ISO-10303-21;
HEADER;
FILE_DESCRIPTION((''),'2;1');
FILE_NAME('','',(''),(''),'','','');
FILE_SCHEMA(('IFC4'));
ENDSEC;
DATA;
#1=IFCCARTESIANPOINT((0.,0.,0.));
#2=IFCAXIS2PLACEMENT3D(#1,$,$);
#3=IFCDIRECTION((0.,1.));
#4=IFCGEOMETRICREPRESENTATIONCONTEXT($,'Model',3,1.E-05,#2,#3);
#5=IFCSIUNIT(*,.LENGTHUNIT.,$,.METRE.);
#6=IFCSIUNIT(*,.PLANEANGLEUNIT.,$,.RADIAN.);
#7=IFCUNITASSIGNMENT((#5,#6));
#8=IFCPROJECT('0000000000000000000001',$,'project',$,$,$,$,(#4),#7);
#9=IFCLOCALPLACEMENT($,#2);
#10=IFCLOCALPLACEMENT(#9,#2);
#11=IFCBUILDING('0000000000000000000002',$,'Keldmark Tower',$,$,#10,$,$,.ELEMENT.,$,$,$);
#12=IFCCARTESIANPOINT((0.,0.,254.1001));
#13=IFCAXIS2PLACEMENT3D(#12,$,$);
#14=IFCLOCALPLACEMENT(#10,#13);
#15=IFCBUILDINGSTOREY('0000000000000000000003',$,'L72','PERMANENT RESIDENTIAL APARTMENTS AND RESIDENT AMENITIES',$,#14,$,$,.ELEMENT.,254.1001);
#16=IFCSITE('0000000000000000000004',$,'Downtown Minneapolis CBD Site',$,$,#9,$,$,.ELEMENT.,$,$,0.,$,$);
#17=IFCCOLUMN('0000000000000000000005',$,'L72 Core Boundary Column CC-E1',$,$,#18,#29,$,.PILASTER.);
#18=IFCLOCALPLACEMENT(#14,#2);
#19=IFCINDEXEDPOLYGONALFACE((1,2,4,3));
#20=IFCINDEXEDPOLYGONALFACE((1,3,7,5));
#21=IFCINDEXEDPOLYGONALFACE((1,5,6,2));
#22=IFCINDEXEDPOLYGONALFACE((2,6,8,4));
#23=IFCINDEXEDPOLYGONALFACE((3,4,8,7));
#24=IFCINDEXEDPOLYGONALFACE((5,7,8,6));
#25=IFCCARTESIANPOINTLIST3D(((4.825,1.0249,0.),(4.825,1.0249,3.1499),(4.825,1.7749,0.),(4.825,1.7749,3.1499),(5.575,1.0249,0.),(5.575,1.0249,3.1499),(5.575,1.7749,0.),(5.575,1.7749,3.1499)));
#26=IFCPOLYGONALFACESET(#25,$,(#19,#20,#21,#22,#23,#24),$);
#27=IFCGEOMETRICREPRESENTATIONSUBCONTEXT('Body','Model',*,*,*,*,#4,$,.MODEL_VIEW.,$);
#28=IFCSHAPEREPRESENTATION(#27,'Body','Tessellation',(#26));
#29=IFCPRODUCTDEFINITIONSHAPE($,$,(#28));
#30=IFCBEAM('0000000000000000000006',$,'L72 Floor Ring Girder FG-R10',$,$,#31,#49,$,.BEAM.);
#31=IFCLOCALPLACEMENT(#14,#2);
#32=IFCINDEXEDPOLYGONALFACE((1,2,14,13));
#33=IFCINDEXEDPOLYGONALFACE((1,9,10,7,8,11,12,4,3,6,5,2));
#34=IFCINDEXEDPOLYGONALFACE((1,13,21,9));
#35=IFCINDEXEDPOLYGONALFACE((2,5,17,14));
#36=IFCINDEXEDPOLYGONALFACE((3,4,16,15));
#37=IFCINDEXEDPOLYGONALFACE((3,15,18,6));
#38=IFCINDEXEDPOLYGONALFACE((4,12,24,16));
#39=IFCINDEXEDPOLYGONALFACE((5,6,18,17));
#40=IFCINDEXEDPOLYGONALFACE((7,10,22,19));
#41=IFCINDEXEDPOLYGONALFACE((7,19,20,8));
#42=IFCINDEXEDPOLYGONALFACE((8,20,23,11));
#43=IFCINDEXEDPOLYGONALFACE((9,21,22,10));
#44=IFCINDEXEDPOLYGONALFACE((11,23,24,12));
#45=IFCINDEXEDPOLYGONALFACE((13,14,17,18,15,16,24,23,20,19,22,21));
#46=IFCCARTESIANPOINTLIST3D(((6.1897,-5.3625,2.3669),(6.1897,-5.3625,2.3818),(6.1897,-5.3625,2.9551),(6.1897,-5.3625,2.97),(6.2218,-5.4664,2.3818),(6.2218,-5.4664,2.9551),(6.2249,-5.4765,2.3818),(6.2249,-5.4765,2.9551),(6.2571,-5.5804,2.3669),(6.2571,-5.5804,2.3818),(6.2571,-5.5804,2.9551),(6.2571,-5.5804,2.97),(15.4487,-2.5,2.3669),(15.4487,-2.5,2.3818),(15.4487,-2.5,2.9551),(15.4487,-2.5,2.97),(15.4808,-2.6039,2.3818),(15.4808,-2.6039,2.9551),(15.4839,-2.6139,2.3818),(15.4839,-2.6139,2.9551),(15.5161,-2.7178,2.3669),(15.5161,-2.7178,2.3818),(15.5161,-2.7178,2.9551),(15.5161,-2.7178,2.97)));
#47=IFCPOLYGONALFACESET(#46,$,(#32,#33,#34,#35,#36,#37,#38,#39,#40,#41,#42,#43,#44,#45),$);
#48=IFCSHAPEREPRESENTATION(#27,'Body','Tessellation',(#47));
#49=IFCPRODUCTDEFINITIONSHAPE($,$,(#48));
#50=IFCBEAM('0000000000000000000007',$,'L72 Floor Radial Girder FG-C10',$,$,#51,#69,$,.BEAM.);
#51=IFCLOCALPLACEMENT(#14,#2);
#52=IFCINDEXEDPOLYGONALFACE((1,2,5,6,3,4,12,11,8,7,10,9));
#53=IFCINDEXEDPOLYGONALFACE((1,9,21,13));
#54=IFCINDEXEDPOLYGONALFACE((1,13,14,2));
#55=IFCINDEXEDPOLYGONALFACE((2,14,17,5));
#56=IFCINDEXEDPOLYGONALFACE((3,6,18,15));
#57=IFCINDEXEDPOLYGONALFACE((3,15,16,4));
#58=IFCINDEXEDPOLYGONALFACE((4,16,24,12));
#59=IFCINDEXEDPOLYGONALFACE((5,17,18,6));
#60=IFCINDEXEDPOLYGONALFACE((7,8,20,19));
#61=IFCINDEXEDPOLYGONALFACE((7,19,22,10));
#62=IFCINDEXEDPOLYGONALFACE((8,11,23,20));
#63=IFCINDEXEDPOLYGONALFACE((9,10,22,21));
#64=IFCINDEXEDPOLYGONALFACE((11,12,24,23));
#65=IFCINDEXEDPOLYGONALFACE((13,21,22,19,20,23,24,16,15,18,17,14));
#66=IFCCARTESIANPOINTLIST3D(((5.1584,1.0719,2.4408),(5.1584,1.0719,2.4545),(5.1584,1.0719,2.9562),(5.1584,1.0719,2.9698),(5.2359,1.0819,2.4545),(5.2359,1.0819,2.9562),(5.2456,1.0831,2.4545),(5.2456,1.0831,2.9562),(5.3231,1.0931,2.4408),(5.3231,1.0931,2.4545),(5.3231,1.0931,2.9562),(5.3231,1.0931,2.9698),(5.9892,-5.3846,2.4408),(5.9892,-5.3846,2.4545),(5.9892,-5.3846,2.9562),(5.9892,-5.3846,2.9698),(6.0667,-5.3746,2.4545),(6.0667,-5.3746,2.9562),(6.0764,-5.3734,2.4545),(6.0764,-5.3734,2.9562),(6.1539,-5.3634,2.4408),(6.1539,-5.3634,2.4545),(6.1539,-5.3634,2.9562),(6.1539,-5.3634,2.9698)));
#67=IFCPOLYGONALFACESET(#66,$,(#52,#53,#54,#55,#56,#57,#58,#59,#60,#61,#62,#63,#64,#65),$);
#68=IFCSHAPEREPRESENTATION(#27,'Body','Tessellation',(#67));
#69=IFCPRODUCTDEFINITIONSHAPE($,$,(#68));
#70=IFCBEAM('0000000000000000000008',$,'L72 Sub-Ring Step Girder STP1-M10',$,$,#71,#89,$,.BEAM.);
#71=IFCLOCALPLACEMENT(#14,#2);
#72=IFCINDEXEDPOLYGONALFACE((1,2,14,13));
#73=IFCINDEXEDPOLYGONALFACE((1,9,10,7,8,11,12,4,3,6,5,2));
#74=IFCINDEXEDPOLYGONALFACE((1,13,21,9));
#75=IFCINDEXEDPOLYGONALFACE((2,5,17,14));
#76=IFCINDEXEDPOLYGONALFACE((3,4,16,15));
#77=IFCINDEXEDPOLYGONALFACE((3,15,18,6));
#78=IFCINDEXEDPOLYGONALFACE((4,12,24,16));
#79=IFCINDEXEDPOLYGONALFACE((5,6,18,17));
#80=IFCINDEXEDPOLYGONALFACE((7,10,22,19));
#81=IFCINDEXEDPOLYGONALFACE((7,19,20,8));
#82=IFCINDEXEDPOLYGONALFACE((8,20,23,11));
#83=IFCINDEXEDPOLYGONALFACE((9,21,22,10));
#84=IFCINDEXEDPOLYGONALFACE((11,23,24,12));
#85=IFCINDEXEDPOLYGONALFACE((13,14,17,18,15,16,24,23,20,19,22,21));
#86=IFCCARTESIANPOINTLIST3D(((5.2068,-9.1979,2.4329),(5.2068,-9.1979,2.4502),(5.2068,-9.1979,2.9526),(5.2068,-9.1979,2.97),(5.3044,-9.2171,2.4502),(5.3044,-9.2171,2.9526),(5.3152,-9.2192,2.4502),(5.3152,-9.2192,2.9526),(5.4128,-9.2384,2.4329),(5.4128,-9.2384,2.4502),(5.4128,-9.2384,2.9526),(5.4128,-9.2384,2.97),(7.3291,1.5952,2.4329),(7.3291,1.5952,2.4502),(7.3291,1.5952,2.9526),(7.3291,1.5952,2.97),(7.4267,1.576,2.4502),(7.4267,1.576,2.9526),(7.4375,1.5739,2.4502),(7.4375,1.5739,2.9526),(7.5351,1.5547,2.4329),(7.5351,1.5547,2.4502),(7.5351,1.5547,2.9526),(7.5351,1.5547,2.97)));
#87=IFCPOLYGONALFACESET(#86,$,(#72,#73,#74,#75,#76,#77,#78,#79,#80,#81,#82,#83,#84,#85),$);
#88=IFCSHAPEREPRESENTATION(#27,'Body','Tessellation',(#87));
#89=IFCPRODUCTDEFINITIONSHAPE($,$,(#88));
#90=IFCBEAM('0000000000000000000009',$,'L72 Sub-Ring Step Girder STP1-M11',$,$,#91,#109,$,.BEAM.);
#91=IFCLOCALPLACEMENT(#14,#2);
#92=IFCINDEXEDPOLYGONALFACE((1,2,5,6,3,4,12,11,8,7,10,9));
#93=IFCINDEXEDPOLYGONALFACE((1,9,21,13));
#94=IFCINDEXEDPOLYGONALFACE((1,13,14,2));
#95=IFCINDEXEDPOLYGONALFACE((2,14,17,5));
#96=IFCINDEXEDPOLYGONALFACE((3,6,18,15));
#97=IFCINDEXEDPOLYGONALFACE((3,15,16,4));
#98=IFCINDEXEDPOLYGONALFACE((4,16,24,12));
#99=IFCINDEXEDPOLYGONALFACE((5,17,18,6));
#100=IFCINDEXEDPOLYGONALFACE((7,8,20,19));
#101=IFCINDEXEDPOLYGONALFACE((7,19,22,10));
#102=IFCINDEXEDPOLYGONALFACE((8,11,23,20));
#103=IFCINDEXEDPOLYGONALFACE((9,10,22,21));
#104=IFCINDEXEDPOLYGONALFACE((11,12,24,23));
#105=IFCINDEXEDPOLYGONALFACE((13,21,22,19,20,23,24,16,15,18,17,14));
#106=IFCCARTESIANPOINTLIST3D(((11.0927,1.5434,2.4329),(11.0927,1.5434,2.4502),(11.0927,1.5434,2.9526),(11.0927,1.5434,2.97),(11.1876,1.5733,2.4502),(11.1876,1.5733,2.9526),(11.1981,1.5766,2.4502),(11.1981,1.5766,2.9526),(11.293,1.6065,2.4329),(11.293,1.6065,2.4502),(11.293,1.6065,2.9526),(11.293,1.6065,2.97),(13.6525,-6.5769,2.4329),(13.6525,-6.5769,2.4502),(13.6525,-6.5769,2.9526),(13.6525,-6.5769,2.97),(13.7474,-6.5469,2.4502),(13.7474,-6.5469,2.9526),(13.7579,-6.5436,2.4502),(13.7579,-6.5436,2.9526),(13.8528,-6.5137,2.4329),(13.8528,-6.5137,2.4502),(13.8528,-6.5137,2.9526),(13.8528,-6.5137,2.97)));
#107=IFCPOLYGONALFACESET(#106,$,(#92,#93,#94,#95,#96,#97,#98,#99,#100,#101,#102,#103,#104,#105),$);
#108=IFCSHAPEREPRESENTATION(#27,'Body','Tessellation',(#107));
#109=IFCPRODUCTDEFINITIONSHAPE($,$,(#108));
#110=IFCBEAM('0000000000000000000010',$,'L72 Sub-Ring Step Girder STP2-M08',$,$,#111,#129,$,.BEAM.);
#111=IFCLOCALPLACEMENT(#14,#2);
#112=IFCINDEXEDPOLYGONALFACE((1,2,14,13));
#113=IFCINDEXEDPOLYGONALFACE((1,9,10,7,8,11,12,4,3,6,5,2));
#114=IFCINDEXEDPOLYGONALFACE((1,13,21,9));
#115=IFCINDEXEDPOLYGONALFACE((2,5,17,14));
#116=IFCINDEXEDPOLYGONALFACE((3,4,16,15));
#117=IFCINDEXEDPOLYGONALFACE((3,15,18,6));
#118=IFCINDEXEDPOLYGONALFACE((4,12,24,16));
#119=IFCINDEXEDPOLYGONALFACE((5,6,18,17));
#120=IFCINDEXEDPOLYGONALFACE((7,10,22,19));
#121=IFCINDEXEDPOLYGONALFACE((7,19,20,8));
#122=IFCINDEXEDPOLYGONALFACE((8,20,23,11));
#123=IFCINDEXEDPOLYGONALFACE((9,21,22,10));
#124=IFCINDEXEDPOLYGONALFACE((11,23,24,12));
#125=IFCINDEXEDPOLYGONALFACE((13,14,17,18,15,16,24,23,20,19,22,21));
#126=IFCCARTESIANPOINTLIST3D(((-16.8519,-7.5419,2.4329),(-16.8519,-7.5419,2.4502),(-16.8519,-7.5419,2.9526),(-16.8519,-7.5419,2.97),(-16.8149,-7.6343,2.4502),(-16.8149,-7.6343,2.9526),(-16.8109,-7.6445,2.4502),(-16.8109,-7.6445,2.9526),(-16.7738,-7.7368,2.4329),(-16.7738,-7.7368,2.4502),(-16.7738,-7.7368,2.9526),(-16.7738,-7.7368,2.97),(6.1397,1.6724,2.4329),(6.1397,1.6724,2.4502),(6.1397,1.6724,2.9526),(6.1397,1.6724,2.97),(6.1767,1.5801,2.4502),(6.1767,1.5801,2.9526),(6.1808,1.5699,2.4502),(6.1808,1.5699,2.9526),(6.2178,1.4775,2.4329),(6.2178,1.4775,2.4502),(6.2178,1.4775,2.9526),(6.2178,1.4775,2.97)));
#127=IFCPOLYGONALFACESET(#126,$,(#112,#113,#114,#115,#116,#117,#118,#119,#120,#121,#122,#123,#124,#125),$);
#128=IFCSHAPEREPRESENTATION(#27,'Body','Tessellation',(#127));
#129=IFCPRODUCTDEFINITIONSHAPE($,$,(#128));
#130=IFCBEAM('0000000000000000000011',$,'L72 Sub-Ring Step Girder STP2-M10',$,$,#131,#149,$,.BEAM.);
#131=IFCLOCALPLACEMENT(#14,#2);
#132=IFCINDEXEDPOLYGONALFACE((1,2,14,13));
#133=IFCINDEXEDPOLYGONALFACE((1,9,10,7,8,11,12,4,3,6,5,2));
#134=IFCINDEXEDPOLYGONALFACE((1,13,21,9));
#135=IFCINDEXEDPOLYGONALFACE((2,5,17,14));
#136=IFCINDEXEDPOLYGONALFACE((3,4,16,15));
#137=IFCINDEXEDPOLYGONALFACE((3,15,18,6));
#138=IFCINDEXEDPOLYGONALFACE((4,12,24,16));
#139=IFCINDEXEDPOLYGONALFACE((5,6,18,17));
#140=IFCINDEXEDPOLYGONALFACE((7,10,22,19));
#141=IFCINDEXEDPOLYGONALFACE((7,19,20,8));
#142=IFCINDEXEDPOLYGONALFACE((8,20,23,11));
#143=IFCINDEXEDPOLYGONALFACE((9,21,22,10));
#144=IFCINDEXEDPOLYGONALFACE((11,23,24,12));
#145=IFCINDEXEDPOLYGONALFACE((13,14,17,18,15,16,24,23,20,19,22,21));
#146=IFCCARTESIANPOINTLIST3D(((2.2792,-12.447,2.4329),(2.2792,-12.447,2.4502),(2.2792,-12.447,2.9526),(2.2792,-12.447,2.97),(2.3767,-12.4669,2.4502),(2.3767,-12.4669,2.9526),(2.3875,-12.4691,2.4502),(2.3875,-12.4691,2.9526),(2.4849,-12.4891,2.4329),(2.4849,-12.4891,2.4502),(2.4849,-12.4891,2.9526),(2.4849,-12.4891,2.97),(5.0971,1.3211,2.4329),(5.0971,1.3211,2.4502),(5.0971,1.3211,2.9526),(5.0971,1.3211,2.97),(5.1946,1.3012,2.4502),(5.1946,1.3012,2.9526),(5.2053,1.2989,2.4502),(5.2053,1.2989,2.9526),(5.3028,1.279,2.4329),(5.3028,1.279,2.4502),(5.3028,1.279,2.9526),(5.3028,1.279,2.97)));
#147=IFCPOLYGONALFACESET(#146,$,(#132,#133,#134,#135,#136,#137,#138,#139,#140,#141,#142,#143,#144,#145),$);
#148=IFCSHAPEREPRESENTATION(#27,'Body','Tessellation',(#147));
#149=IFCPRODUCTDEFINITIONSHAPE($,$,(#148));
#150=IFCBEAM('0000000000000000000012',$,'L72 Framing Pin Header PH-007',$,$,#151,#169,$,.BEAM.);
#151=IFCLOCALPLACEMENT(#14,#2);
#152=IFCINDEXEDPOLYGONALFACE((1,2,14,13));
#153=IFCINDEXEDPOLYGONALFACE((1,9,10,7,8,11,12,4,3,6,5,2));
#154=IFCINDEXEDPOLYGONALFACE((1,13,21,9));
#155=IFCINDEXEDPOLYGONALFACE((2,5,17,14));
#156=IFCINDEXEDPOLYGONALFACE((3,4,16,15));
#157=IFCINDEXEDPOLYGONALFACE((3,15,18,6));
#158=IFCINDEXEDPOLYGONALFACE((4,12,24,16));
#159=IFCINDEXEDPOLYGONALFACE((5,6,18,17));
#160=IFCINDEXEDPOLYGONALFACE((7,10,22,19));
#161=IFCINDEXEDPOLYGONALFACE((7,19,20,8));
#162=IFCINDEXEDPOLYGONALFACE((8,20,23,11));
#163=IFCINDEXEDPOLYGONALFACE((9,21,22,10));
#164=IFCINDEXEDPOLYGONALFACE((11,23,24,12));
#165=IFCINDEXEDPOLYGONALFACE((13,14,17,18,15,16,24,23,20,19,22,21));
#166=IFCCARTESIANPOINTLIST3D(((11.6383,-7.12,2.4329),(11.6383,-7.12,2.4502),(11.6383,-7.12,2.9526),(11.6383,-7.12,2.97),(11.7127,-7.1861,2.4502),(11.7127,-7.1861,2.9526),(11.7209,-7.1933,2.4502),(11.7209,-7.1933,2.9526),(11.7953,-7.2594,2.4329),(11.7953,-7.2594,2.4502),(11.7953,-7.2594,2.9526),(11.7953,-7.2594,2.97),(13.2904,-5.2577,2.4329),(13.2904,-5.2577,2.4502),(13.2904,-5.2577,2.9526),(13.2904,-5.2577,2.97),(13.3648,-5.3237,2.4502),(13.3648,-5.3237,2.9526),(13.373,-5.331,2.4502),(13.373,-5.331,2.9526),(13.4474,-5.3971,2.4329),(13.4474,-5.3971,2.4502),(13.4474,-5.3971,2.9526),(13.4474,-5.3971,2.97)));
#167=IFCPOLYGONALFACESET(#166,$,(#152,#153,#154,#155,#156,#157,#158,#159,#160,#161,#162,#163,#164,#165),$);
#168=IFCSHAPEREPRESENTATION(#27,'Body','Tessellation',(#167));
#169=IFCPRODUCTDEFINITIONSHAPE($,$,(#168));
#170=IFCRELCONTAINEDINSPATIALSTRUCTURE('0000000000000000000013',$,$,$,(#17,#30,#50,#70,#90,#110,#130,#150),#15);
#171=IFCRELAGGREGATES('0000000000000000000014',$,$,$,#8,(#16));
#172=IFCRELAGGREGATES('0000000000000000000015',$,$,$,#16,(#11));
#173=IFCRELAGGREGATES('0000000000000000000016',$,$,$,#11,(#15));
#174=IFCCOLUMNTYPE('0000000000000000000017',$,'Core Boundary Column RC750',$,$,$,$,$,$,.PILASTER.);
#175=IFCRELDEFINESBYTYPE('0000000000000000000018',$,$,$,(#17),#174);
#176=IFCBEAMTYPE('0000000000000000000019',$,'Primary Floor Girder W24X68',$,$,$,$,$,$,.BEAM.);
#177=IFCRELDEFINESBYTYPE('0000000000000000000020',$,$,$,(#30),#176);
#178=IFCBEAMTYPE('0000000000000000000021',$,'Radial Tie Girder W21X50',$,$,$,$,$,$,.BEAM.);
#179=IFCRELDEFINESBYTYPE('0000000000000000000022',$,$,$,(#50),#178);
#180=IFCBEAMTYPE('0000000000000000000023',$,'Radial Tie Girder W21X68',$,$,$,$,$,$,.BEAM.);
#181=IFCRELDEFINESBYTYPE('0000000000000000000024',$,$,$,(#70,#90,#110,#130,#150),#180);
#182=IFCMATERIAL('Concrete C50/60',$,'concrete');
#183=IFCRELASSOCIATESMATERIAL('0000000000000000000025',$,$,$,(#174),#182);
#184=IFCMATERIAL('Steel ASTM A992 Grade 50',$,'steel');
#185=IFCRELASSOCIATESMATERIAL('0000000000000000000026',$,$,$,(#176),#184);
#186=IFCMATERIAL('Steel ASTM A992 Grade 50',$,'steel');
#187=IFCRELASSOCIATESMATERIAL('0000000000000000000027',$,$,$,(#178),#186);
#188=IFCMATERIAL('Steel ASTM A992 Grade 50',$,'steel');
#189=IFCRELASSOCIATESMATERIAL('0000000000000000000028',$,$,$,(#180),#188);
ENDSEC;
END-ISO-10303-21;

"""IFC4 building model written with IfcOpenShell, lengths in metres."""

from ifc_helpers import new_model, si_unit, direction, frame, origin, origin_2d, place, context, subcontext, project, spatial, rectangle, i_section, extrude, material, material_profile, profile_set, type_object, element, save


model = new_model("IFC4")

# Units and contexts
model_context = context("Model", 3, precision=1e-05, world=origin(), true_north=direction((0.0, 1.0)))
body_context = subcontext(model_context, "Body", "Model", "MODEL_VIEW")
ifc_project = project(units=[si_unit("LENGTHUNIT", "METRE"), si_unit("PLANEANGLEUNIT", "RADIAN")], contexts=[model_context])

# Site, building, storey
site_placement = place(None, origin())
site = spatial("IfcSite", under=ifc_project, at=site_placement, Name="Downtown Minneapolis CBD Site", CompositionType="ELEMENT", RefElevation=0.0)
building_placement = place(site_placement, origin())
building = spatial("IfcBuilding", under=site, at=building_placement, Name="Keldmark Tower", CompositionType="ELEMENT")
storey_placement = place(building_placement, frame((0.0, 0.0, 254.1001)))
storey = spatial("IfcBuildingStorey", under=building, at=storey_placement, Name="L72", Description="PERMANENT RESIDENTIAL APARTMENTS AND RESIDENT AMENITIES", CompositionType="ELEMENT", Elevation=254.1001)

# Column
ifc_material_1 = material(Name="Concrete C50/60", Category="concrete")
ifc_material_profile_1 = material_profile(ifc_material_1, rectangle(XDim=0.75, YDim=0.75, at=origin_2d()), Name="RC750X750")
ifc_profile_set_1 = profile_set([ifc_material_profile_1], Name="Concrete C50/60")
column_type = type_object("IfcColumnType", Name="Core Boundary Column RC750", PredefinedType="PILASTER", material=ifc_profile_set_1)
column_placement = place(storey_placement, frame((5.2, 1.3999, 0.0), z_axis=(0.0, 0.0, 1.0), x_axis=(1.0, 0.0, 0.0)))
element("IfcColumn", 1, at=column_placement, inside=storey, type_object=column_type, Name="L72 Core Boundary Column CC-E1", PredefinedType="PILASTER", context=body_context, shape_type="SweptSolid", body=[
    extrude(rectangle(XDim=0.75, YDim=0.75, at=origin_2d()), origin(), (0.0, 0.0, 1.0), 3.1499),
])

# Beams
ifc_material_2 = material(Name="Steel ASTM A992 Grade 50", Category="steel")
ifc_material_profile_2 = material_profile(ifc_material_2, i_section(OverallWidth=0.228, OverallDepth=0.603, WebThickness=0.0105, FlangeThickness=0.0149, at=origin_2d()), Name="W24X68")
ifc_profile_set_2 = profile_set([ifc_material_profile_2], Name="Steel ASTM A992 Grade 50")
beam_type_1 = type_object("IfcBeamType", Name="Primary Floor Girder W24X68", PredefinedType="BEAM", material=ifc_profile_set_2)
beam_1_placement = place(storey_placement, frame((6.2234, -5.4714, 2.6685), z_axis=(0.955383, 0.295369, 0.0), x_axis=(-0.295369, 0.955383, 0.0)))
element("IfcBeam", 2, at=beam_1_placement, inside=storey, type_object=beam_type_1, Name="L72 Floor Ring Girder FG-R10", PredefinedType="BEAM", context=body_context, shape_type="SweptSolid", body=[
    extrude(i_section(OverallWidth=0.228, OverallDepth=0.603, WebThickness=0.0105, FlangeThickness=0.0149, at=origin_2d()), origin(), (0.0, 0.0, 1.0), 9.6914),
])
ifc_material_3 = material(Name="Steel ASTM A992 Grade 50", Category="steel")
ifc_material_profile_3 = material_profile(ifc_material_3, i_section(OverallWidth=0.166, OverallDepth=0.5291, WebThickness=0.0098, FlangeThickness=0.0137, at=origin_2d()), Name="W21X50")
ifc_profile_set_3 = profile_set([ifc_material_profile_3], Name="Steel ASTM A992 Grade 50")
beam_type_2 = type_object("IfcBeamType", Name="Radial Tie Girder W21X50", PredefinedType="BEAM", material=ifc_profile_set_3)
beam_2_placement = place(storey_placement, frame((6.0715, -5.374, 2.7053), z_axis=(-0.127625, 0.991822, 0.0), x_axis=(-0.991822, -0.127625, 0.0)))
element("IfcBeam", 3, at=beam_2_placement, inside=storey, type_object=beam_type_2, Name="L72 Floor Radial Girder FG-C10", PredefinedType="BEAM", context=body_context, shape_type="SweptSolid", body=[
    extrude(i_section(OverallWidth=0.166, OverallDepth=0.5291, WebThickness=0.0098, FlangeThickness=0.0137, at=origin_2d()), origin(), (0.0, 0.0, 1.0), 6.5098),
])
ifc_material_4 = material(Name="Steel ASTM A992 Grade 50", Category="steel")
ifc_material_profile_4 = material_profile(ifc_material_4, i_section(OverallWidth=0.21, OverallDepth=0.5371, WebThickness=0.011, FlangeThickness=0.0173, at=origin_2d()), Name="W21X68")
ifc_profile_set_4 = profile_set([ifc_material_profile_4], Name="Steel ASTM A992 Grade 50")
beam_type_3 = type_object("IfcBeamType", Name="Radial Tie Girder W21X68", PredefinedType="BEAM", material=ifc_profile_set_4)
beam_3_placement = place(storey_placement, frame((7.4321, 1.575, 2.7014), z_axis=(-0.192944, -0.98121, 0.0), x_axis=(0.98121, -0.192944, 0.0)))
element("IfcBeam", 4, at=beam_3_placement, inside=storey, type_object=beam_type_3, Name="L72 Sub-Ring Step Girder STP1-M10", PredefinedType="BEAM", context=body_context, shape_type="SweptSolid", body=[
    extrude(i_section(OverallWidth=0.21, OverallDepth=0.5371, WebThickness=0.011, FlangeThickness=0.0173, at=origin_2d()), origin(), (0.0, 0.0, 1.0), 10.9998),
])
beam_4_placement = place(storey_placement, frame((11.1929, 1.575, 2.7014), z_axis=(0.30065, -0.953735, 0.0), x_axis=(0.953735, 0.30065, 0.0)))
element("IfcBeam", 5, at=beam_4_placement, inside=storey, type_object=beam_type_3, Name="L72 Sub-Ring Step Girder STP1-M11", PredefinedType="BEAM", context=body_context, shape_type="SweptSolid", body=[
    extrude(i_section(OverallWidth=0.21, OverallDepth=0.5371, WebThickness=0.011, FlangeThickness=0.0173, at=origin_2d()), origin(), (0.0, 0.0, 1.0), 8.5142),
])
beam_5_placement = place(storey_placement, frame((6.1787, 1.575, 2.7014), z_axis=(-0.92823, -0.372006, 0.0), x_axis=(0.372006, -0.92823, 0.0)))
element("IfcBeam", 6, at=beam_5_placement, inside=storey, type_object=beam_type_3, Name="L72 Sub-Ring Step Girder STP2-M08", PredefinedType="BEAM", context=body_context, shape_type="SweptSolid", body=[
    extrude(i_section(OverallWidth=0.21, OverallDepth=0.5371, WebThickness=0.011, FlangeThickness=0.0173, at=origin_2d()), origin(), (0.0, 0.0, 1.0), 24.7693),
])
beam_6_placement = place(storey_placement, frame((5.2, 1.3, 2.7014), z_axis=(-0.200511, -0.979692, 0.0), x_axis=(0.979692, -0.200511, 0.0)))
element("IfcBeam", 7, at=beam_6_placement, inside=storey, type_object=beam_type_3, Name="L72 Sub-Ring Step Girder STP2-M10", PredefinedType="BEAM", context=body_context, shape_type="SweptSolid", body=[
    extrude(i_section(OverallWidth=0.21, OverallDepth=0.5371, WebThickness=0.011, FlangeThickness=0.0173, at=origin_2d()), origin(), (0.0, 0.0, 1.0), 14.0535),
])
beam_7_placement = place(storey_placement, frame((13.3689, -5.3274, 2.7014), z_axis=(-0.663627, -0.748064, 0.0), x_axis=(0.748064, -0.663627, 0.0)))
element("IfcBeam", 8, at=beam_7_placement, inside=storey, type_object=beam_type_3, Name="L72 Framing Pin Header PH-007", PredefinedType="BEAM", context=body_context, shape_type="SweptSolid", body=[
    extrude(i_section(OverallWidth=0.21, OverallDepth=0.5371, WebThickness=0.011, FlangeThickness=0.0173, at=origin_2d()), origin(), (0.0, 0.0, 1.0), 2.4895),
])

save(model, "model.ifc")
